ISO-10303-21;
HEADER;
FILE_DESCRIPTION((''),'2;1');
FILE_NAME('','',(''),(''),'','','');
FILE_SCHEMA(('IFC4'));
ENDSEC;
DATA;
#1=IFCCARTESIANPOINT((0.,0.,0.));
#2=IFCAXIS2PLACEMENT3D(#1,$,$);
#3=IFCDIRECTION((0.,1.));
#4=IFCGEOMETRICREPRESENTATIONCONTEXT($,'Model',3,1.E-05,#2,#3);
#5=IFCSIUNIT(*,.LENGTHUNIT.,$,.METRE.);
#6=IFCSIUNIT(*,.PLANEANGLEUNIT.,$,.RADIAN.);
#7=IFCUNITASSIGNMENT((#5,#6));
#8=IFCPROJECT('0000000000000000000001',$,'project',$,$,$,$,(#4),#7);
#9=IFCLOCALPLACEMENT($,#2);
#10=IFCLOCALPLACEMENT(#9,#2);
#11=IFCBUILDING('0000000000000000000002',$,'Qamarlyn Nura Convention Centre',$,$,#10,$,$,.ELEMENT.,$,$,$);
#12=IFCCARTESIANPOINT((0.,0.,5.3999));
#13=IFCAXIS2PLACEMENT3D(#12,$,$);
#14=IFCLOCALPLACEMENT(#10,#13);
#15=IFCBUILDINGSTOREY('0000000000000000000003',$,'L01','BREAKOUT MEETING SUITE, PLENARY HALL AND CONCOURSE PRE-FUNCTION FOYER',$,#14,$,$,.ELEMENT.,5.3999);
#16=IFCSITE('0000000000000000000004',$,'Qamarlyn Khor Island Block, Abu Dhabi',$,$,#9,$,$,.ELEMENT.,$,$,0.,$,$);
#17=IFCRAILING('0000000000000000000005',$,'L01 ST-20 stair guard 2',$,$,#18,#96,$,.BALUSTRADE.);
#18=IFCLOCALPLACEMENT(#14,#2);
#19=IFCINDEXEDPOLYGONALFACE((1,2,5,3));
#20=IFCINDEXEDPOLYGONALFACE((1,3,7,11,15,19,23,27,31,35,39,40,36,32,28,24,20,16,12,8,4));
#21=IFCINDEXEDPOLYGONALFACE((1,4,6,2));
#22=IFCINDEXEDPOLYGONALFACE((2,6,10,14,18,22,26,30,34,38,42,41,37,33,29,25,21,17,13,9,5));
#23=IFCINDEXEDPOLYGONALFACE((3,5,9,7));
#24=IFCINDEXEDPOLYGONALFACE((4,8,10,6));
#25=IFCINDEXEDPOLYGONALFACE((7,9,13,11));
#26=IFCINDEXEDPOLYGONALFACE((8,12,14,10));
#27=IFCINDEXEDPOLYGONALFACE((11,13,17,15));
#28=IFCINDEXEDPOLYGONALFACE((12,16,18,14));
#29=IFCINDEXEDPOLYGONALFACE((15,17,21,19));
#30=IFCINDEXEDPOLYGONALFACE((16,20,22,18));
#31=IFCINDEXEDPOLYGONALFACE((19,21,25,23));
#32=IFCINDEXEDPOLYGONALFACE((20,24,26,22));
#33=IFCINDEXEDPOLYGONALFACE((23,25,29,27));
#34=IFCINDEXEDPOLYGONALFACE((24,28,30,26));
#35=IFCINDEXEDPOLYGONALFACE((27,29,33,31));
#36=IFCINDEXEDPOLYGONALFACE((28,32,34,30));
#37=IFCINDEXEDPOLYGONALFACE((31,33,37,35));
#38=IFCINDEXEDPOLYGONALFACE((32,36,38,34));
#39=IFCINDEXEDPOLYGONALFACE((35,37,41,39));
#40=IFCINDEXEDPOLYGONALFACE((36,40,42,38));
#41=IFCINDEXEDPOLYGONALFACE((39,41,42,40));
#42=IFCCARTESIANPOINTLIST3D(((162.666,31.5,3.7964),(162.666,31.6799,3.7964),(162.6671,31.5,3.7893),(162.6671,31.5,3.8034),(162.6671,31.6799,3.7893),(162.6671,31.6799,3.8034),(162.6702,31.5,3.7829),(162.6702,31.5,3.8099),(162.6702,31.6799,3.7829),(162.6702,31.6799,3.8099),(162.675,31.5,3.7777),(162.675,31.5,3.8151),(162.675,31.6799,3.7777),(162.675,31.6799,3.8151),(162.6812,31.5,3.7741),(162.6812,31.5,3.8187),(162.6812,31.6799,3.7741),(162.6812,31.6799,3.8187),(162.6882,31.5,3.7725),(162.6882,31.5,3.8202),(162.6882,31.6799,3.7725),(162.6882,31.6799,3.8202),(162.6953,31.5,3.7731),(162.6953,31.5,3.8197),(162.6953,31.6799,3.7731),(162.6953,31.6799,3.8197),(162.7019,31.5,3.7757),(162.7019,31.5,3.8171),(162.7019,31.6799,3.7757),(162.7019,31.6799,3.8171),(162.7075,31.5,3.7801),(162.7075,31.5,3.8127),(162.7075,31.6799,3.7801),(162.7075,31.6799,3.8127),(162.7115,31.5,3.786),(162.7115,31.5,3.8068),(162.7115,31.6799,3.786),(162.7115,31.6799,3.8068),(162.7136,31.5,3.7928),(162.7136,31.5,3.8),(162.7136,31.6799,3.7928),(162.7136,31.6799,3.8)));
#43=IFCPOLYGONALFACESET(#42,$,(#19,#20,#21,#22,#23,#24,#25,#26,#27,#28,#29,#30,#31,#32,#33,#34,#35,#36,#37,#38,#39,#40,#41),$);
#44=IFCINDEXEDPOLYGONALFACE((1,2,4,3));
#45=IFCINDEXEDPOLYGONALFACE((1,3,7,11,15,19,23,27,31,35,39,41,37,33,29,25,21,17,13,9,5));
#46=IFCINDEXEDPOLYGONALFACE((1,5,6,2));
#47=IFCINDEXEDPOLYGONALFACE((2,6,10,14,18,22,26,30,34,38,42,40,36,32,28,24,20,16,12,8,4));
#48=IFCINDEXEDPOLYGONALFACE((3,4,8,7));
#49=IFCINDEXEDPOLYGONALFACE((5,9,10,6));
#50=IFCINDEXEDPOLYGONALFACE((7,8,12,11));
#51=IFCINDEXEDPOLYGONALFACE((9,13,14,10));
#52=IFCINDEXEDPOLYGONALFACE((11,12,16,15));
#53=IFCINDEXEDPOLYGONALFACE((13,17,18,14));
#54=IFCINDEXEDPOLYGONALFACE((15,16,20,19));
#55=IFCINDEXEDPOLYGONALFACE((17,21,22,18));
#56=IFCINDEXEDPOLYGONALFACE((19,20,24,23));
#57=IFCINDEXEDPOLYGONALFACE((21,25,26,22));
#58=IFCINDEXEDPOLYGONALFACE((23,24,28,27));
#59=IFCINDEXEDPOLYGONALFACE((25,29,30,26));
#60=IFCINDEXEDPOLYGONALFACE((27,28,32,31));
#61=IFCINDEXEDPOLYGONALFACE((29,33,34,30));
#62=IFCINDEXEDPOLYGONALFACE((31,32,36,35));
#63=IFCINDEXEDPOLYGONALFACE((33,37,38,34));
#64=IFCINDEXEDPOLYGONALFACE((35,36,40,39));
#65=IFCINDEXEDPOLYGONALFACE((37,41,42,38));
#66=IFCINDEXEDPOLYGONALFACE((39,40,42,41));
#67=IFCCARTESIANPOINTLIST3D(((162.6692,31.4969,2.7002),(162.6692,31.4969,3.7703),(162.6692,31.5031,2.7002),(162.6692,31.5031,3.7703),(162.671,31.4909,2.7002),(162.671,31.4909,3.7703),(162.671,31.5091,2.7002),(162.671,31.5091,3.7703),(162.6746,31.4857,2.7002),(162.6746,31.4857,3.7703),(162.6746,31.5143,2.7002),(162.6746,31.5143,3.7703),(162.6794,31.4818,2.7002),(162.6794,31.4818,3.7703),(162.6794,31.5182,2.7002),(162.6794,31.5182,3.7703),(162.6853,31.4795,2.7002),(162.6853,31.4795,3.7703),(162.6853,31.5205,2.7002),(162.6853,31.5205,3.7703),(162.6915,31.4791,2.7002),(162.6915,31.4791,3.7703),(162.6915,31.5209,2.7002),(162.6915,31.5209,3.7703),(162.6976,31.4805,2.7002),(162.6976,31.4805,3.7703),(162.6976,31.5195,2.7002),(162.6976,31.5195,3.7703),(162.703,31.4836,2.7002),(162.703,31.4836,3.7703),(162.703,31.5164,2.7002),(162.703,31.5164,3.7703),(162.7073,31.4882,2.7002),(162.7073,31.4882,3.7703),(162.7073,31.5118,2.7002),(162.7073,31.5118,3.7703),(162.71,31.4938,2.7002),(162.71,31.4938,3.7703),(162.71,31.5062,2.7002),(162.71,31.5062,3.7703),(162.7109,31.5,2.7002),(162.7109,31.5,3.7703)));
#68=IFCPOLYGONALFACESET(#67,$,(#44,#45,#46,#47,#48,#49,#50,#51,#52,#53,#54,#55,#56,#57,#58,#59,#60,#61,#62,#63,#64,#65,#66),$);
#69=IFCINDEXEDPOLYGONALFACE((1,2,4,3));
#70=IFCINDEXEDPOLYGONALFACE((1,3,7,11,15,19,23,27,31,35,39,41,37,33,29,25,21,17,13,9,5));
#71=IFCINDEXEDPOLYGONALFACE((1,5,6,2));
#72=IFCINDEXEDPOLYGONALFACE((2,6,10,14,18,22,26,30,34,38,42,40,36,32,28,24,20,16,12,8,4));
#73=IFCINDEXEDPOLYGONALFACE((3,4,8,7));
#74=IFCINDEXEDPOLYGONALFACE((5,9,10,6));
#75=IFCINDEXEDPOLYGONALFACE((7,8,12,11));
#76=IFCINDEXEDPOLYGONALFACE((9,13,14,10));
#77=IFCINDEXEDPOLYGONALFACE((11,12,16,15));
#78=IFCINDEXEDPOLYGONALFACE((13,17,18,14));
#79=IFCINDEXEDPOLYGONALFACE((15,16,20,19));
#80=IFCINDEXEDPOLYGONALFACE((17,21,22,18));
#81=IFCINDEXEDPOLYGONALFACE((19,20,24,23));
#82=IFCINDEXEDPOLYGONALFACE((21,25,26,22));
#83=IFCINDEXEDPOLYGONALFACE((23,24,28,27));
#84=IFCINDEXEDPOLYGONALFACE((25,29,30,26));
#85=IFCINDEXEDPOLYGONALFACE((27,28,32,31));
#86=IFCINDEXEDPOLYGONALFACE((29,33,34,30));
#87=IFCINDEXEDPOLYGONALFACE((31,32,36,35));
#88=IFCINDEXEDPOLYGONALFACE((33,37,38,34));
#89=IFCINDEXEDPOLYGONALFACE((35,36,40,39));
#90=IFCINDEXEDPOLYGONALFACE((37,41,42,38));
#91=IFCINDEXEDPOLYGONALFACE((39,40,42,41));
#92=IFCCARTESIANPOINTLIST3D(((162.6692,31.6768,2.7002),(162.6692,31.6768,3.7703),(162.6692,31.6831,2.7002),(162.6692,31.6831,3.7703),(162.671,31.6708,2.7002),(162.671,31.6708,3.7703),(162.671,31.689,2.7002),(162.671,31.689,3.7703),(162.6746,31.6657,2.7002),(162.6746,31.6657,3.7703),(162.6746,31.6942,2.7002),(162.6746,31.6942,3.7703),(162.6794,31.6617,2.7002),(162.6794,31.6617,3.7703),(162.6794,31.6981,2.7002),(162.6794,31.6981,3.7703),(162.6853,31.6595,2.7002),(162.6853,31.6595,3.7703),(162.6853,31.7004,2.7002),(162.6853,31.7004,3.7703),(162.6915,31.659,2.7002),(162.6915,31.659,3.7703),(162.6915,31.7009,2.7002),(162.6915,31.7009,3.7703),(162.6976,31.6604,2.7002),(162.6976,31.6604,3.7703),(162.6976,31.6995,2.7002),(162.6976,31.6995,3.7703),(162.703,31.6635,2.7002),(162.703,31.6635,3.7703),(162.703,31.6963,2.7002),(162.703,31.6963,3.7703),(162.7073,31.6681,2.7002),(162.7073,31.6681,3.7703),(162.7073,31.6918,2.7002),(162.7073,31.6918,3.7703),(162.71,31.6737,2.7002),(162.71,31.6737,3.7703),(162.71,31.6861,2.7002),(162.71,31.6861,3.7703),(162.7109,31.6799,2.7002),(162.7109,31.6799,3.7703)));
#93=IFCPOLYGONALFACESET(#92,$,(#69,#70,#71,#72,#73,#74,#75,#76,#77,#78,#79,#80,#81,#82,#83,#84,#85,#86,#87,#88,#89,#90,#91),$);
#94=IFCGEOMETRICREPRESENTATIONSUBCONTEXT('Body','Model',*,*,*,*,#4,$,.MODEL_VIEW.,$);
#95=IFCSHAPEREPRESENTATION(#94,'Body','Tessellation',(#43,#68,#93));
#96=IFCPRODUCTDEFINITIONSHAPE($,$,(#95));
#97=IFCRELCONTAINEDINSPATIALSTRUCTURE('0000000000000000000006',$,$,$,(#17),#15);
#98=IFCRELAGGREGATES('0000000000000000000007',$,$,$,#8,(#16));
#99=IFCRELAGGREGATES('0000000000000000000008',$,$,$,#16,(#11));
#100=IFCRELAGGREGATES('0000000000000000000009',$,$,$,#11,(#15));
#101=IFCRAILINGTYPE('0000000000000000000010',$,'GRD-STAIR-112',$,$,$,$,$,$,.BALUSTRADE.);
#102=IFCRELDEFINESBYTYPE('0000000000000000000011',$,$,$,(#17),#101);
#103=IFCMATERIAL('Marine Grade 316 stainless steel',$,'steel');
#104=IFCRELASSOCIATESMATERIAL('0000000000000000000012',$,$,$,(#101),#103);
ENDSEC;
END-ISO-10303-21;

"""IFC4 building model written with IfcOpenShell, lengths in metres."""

from ifc_helpers import new_model, si_unit, direction, frame, origin, origin_2d, place, context, subcontext, project, spatial, circle, extrude, material, type_object, element, save


model = new_model("IFC4")

# Units and contexts
model_context = context("Model", 3, precision=1e-05, world=origin(), true_north=direction((0.0, 1.0)))
body_context = subcontext(model_context, "Body", "Model", "MODEL_VIEW")
ifc_project = project(units=[si_unit("LENGTHUNIT", "METRE"), si_unit("PLANEANGLEUNIT", "RADIAN")], contexts=[model_context])

# Site, building, storey
site_placement = place(None, origin())
site = spatial("IfcSite", under=ifc_project, at=site_placement, Name="Qamarlyn Khor Island Block, Abu Dhabi", CompositionType="ELEMENT", RefElevation=0.0)
building_placement = place(site_placement, origin())
building = spatial("IfcBuilding", under=site, at=building_placement, Name="Qamarlyn Nura Convention Centre", CompositionType="ELEMENT")
storey_placement = place(building_placement, frame((0.0, 0.0, 5.3999)))
storey = spatial("IfcBuildingStorey", under=building, at=storey_placement, Name="L01", Description="BREAKOUT MEETING SUITE, PLENARY HALL AND CONCOURSE PRE-FUNCTION FOYER", CompositionType="ELEMENT", Elevation=5.3999)

# Railing
ifc_material_1 = material(Name="Marine Grade 316 stainless steel", Category="steel")
railing_type_1 = type_object("IfcRailingType", Name="GRD-STAIR-112", PredefinedType="BALUSTRADE", material=ifc_material_1)
railing_1_placement = place(storey_placement, frame((162.6899, 31.5, 2.7002)))
element("IfcRailing", 1, at=railing_1_placement, inside=storey, type_object=railing_type_1, Name="L01 ST-20 stair guard 2", PredefinedType="BALUSTRADE", context=body_context, shape_type="SweptSolid", body=[
    extrude(circle(Radius=0.0239, at=origin_2d()), frame((0.0, 0.0, 1.0962), z_axis=(0.0, 1.0, 0.0), x_axis=(-1.0, 0.0, 0.0)), (0.0, 0.0, 1.0), 0.1799),
    extrude(circle(Radius=0.021, at=origin_2d()), origin(), (0.0, 0.0, 1.0), 1.0701),
    extrude(circle(Radius=0.021, at=origin_2d()), frame((0.0, 0.1799, 0.0)), (0.0, 0.0, 1.0), 1.0701),
])

save(model, "model.ifc")
